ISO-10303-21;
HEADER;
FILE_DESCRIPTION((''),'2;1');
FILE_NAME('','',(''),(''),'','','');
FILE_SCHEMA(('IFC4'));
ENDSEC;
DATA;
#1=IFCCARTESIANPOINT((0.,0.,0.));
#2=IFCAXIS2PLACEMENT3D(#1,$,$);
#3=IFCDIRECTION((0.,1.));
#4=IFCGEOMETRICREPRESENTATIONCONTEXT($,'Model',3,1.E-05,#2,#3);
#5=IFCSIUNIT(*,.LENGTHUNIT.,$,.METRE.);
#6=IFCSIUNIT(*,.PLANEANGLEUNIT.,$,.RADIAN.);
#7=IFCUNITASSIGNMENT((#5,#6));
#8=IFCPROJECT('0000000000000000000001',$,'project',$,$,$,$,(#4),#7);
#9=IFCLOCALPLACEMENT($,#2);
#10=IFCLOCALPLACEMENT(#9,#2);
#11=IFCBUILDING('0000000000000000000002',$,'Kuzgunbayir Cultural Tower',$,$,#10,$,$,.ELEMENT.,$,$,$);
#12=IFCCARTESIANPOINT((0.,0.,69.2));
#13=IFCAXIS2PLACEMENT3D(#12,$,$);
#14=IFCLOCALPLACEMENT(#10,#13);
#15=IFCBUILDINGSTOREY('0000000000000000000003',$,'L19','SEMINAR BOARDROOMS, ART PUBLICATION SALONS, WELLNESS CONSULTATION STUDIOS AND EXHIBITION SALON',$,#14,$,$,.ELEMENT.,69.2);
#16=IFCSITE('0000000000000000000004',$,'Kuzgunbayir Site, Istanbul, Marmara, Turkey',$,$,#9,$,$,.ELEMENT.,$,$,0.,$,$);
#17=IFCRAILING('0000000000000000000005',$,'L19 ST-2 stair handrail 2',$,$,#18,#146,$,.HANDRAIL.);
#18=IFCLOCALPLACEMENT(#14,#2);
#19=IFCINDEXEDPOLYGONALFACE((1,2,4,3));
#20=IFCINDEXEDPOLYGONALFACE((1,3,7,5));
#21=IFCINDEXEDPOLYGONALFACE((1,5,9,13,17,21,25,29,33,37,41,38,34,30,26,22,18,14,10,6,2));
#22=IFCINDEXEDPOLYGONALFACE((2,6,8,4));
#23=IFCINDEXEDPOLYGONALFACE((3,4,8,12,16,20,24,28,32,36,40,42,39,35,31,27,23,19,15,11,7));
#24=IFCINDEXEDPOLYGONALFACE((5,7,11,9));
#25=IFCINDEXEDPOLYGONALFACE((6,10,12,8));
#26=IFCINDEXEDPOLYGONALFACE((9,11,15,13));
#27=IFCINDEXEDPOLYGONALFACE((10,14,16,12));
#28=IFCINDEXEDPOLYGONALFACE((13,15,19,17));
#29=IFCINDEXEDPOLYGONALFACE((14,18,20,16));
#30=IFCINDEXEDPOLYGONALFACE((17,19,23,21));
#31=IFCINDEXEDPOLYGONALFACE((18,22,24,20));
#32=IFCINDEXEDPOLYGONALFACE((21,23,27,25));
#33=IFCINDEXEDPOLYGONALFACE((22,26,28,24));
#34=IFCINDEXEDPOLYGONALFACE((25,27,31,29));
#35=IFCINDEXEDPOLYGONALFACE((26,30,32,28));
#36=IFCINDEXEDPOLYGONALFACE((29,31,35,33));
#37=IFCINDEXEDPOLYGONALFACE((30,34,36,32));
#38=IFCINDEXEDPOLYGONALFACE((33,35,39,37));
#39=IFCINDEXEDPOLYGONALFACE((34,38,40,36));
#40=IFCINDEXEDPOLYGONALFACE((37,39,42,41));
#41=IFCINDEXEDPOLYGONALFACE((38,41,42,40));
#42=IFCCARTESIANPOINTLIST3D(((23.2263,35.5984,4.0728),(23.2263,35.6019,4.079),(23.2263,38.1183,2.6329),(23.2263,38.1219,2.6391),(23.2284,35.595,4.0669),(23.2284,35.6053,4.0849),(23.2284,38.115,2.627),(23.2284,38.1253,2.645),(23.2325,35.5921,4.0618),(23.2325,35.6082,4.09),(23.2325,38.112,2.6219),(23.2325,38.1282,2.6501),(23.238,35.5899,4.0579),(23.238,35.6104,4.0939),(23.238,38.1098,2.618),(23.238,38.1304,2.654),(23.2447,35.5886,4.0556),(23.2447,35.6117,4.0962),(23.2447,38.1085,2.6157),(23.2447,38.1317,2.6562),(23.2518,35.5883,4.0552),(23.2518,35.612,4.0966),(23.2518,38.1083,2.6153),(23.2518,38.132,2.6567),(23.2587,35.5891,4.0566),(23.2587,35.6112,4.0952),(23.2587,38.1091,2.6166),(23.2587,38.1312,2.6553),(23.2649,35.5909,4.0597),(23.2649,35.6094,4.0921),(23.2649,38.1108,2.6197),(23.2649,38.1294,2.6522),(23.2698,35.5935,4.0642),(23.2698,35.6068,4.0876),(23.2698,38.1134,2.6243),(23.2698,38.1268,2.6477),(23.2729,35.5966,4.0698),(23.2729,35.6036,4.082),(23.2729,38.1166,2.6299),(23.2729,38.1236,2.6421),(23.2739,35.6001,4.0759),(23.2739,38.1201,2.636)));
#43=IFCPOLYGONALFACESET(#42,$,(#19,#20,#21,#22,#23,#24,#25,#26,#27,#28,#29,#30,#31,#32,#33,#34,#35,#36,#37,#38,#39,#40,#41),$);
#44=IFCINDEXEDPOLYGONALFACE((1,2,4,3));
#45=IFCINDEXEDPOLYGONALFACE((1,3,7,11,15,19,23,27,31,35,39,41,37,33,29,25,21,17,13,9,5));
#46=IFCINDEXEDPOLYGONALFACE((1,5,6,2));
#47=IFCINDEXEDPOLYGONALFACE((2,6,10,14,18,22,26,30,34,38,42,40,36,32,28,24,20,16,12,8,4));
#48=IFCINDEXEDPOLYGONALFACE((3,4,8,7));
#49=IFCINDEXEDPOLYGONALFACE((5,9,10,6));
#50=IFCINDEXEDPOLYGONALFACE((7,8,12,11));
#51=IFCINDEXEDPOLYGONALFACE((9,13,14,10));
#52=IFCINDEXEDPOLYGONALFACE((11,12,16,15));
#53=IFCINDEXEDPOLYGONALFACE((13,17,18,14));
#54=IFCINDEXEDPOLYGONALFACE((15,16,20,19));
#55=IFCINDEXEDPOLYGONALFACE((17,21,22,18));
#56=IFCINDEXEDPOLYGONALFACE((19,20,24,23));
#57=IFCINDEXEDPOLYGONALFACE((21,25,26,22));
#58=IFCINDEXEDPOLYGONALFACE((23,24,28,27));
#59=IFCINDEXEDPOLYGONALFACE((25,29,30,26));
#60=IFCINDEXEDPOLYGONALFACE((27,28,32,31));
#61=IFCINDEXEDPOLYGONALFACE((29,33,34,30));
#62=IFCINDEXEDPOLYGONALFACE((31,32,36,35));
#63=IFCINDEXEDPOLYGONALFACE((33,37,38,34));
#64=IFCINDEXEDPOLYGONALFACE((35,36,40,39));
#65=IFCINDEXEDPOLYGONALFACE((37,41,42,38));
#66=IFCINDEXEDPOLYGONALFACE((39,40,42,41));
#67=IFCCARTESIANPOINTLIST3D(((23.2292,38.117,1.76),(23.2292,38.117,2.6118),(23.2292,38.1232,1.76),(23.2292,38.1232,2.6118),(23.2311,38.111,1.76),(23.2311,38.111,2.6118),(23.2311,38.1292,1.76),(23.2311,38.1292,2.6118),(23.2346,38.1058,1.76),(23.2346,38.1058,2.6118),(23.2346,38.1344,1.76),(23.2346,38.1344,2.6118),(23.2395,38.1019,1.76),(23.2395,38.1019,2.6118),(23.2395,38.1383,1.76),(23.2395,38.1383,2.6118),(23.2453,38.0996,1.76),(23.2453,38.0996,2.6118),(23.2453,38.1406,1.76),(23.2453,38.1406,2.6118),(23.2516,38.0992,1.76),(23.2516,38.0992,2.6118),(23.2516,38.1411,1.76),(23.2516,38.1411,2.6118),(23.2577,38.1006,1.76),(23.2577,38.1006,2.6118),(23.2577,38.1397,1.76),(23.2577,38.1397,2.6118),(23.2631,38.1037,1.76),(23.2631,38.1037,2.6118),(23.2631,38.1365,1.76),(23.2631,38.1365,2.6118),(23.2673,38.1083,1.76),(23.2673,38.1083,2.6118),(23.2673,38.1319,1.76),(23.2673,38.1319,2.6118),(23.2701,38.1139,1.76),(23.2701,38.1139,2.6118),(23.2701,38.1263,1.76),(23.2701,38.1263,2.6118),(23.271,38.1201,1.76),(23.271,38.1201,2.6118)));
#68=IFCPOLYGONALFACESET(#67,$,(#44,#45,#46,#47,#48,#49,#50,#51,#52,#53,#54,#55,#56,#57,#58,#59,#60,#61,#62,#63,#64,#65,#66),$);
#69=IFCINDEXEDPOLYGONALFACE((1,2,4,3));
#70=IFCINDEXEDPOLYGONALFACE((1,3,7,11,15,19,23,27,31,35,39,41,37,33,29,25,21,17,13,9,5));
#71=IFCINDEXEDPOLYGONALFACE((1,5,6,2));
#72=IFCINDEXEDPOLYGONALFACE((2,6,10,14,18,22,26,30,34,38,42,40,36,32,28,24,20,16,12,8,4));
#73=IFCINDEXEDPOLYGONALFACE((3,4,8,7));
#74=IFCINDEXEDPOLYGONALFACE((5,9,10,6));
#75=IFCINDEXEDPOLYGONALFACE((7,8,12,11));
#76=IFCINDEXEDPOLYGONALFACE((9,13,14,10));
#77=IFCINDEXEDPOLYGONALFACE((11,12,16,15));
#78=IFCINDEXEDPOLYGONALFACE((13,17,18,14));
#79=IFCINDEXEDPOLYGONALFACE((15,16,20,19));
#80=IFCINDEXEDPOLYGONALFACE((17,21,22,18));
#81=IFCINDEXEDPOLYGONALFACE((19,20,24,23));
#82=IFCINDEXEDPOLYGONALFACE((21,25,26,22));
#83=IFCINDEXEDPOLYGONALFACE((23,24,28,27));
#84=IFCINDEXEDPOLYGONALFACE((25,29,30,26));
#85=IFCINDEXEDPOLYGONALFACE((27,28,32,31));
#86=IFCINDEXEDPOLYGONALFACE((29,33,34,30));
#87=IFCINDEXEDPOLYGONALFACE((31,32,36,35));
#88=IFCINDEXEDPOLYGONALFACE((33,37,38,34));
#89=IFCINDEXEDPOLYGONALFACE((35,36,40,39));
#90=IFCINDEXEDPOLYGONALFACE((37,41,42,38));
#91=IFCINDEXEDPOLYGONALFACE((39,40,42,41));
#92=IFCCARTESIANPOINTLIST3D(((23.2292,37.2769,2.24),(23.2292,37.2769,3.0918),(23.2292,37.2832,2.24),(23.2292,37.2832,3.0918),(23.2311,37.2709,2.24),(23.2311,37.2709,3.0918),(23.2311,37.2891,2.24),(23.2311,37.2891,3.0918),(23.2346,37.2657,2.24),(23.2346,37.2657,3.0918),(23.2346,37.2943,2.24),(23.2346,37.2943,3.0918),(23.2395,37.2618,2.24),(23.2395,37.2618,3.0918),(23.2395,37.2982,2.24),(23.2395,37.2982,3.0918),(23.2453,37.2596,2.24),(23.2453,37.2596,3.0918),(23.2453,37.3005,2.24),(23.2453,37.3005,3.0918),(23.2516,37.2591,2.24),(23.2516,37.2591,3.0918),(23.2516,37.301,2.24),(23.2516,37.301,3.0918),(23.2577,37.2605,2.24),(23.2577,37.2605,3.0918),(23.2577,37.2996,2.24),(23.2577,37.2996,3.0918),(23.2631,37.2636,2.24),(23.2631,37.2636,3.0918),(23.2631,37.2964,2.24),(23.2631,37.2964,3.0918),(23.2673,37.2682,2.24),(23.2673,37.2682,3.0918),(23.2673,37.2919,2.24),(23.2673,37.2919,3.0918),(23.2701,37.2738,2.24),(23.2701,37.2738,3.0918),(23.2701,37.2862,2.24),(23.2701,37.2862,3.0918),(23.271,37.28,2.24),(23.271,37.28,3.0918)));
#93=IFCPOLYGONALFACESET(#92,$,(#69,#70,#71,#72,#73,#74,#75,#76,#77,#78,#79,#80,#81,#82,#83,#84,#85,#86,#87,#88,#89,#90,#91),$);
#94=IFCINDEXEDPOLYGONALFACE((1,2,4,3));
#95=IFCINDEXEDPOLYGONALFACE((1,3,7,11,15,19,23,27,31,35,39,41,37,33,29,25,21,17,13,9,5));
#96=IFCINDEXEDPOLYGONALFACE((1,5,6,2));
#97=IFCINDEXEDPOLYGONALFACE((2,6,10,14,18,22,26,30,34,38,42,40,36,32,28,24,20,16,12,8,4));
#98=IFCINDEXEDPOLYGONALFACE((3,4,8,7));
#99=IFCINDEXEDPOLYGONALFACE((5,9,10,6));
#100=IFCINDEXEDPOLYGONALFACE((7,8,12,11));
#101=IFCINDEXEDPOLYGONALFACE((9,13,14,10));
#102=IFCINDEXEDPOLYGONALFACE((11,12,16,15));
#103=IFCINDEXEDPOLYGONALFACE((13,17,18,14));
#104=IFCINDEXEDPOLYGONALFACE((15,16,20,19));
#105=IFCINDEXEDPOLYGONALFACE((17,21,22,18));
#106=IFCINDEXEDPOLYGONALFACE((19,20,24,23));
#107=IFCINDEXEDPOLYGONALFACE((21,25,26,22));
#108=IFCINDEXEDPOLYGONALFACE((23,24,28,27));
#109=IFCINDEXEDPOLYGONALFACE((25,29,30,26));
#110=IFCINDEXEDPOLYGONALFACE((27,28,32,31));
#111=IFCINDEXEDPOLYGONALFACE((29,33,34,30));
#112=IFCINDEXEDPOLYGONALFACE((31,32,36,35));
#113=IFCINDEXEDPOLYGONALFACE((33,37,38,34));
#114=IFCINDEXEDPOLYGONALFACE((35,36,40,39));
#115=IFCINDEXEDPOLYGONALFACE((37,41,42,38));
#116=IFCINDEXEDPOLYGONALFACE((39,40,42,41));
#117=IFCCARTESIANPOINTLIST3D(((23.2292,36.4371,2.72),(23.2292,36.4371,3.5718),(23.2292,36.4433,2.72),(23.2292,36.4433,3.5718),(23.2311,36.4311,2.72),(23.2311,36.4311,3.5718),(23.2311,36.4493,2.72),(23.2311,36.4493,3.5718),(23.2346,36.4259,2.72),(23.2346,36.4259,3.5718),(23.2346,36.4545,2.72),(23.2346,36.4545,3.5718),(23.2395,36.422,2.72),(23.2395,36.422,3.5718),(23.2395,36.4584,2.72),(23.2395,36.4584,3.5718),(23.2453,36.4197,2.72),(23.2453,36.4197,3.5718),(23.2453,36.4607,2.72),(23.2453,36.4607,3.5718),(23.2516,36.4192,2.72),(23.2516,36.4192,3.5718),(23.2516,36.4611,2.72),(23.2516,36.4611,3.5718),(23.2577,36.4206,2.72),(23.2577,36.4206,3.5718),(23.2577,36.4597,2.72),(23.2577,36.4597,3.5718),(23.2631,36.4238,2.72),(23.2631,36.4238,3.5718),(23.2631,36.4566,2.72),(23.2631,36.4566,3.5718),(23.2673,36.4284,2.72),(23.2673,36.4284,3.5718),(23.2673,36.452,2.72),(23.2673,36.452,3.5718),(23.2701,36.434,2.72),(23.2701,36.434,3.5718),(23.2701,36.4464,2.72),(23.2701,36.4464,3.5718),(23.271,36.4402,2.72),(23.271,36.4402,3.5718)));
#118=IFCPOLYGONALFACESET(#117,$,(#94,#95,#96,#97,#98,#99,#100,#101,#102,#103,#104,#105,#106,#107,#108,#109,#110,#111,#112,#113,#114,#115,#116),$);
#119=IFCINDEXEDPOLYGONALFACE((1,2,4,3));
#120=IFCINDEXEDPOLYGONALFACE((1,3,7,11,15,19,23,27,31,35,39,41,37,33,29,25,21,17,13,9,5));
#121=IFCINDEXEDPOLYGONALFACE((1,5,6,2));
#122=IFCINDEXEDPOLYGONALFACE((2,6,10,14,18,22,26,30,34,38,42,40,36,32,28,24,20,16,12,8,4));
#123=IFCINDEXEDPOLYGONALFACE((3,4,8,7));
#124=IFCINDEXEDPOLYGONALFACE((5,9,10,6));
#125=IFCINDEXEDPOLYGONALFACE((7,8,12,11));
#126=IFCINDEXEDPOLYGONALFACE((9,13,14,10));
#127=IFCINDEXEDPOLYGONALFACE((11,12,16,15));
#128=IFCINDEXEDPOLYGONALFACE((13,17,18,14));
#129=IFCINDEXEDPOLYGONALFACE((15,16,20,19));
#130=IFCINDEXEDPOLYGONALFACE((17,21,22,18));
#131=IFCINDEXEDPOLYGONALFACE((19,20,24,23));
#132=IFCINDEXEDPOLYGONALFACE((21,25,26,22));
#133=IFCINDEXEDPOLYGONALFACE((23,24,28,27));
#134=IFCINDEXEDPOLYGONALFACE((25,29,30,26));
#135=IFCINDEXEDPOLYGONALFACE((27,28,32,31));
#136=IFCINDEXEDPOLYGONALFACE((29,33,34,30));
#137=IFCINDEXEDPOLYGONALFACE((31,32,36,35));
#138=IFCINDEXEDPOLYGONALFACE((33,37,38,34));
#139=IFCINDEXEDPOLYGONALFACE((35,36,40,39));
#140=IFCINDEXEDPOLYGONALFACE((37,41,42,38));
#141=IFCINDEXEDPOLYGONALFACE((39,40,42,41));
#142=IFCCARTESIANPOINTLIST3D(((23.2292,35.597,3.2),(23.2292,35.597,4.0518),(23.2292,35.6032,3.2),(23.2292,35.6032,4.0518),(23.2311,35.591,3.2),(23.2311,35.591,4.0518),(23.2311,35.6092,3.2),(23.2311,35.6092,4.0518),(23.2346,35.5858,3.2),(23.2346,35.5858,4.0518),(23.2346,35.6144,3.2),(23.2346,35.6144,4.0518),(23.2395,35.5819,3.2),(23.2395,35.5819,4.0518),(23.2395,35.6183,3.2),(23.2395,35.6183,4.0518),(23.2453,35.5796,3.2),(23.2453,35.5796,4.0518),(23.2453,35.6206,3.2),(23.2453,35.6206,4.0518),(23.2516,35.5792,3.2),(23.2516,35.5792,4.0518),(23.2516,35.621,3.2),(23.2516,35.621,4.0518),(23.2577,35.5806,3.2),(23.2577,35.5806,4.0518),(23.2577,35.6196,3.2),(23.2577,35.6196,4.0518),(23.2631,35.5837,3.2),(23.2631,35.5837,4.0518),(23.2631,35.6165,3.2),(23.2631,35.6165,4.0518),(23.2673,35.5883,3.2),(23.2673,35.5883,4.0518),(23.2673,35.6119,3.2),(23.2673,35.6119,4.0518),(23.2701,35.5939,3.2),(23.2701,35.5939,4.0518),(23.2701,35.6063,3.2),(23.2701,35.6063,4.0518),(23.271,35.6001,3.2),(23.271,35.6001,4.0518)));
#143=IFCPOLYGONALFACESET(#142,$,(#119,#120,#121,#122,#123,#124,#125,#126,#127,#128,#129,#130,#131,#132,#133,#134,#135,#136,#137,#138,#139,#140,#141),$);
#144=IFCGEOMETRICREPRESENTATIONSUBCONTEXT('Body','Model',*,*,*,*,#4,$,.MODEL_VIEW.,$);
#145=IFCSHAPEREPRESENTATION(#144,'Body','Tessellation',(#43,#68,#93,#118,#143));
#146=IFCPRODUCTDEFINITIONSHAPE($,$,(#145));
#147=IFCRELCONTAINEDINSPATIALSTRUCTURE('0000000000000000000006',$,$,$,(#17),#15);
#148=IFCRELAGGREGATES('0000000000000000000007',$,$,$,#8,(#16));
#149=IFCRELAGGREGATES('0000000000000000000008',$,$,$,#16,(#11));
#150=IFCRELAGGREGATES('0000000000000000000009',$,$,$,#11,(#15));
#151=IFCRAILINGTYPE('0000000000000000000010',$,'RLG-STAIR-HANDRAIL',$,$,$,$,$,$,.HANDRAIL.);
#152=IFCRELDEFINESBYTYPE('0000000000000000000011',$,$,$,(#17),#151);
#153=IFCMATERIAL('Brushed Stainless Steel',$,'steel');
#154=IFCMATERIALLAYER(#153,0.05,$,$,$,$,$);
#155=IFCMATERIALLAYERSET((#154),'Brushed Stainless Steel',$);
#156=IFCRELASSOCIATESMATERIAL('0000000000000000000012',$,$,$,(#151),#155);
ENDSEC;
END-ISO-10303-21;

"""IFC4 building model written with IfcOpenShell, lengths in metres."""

from ifc_helpers import new_model, si_unit, direction, frame, origin, origin_2d, place, context, subcontext, project, spatial, circle, extrude, material, layer, layer_set, type_object, element, save


model = new_model("IFC4")

# Units and contexts
model_context = context("Model", 3, precision=1e-05, world=origin(), true_north=direction((0.0, 1.0)))
body_context = subcontext(model_context, "Body", "Model", "MODEL_VIEW")
ifc_project = project(units=[si_unit("LENGTHUNIT", "METRE"), si_unit("PLANEANGLEUNIT", "RADIAN")], contexts=[model_context])

# Site, building, storey
site_placement = place(None, origin())
site = spatial("IfcSite", under=ifc_project, at=site_placement, Name="Kuzgunbayir Site, Istanbul, Marmara, Turkey", CompositionType="ELEMENT", RefElevation=0.0)
building_placement = place(site_placement, origin())
building = spatial("IfcBuilding", under=site, at=building_placement, Name="Kuzgunbayir Cultural Tower", CompositionType="ELEMENT")
storey_placement = place(building_placement, frame((0.0, 0.0, 69.2)))
storey = spatial("IfcBuildingStorey", under=building, at=storey_placement, Name="L19", Description="SEMINAR BOARDROOMS, ART PUBLICATION SALONS, WELLNESS CONSULTATION STUDIOS AND EXHIBITION SALON", CompositionType="ELEMENT", Elevation=69.2)

# Railing
ifc_material_1 = material(Name="Brushed Stainless Steel", Category="steel")
ifc_layer_1 = layer(ifc_material_1, 0.05)
ifc_layer_set_1 = layer_set([ifc_layer_1], Name="Brushed Stainless Steel")
railing_type_1 = type_object("IfcRailingType", Name="RLG-STAIR-HANDRAIL", PredefinedType="HANDRAIL", material=ifc_layer_set_1)
railing_1_placement = place(storey_placement, frame((23.25, 38.1201, 1.76)))
element("IfcRailing", 1, at=railing_1_placement, inside=storey, type_object=railing_type_1, Name="L19 ST-2 stair handrail 2", PredefinedType="HANDRAIL", context=body_context, shape_type="SweptSolid", body=[
    extrude(circle(Radius=0.0239, at=origin_2d()), frame((0.0, 0.0, 0.876), z_axis=(0.0, -0.868253, 0.496121), x_axis=(1.0, 0.0, 0.0)), (0.0, 0.0, 1.0), 2.9023),
    extrude(circle(Radius=0.021, at=origin_2d()), origin(), (0.0, 0.0, 1.0), 0.8518),
    extrude(circle(Radius=0.021, at=origin_2d()), frame((0.0, -0.8401, 0.48)), (0.0, 0.0, 1.0), 0.8518),
    extrude(circle(Radius=0.021, at=origin_2d()), frame((0.0, -1.6799, 0.96)), (0.0, 0.0, 1.0), 0.8518),
    extrude(circle(Radius=0.021, at=origin_2d()), frame((0.0, -2.52, 1.4399)), (0.0, 0.0, 1.0), 0.8518),
])

save(model, "model.ifc")
